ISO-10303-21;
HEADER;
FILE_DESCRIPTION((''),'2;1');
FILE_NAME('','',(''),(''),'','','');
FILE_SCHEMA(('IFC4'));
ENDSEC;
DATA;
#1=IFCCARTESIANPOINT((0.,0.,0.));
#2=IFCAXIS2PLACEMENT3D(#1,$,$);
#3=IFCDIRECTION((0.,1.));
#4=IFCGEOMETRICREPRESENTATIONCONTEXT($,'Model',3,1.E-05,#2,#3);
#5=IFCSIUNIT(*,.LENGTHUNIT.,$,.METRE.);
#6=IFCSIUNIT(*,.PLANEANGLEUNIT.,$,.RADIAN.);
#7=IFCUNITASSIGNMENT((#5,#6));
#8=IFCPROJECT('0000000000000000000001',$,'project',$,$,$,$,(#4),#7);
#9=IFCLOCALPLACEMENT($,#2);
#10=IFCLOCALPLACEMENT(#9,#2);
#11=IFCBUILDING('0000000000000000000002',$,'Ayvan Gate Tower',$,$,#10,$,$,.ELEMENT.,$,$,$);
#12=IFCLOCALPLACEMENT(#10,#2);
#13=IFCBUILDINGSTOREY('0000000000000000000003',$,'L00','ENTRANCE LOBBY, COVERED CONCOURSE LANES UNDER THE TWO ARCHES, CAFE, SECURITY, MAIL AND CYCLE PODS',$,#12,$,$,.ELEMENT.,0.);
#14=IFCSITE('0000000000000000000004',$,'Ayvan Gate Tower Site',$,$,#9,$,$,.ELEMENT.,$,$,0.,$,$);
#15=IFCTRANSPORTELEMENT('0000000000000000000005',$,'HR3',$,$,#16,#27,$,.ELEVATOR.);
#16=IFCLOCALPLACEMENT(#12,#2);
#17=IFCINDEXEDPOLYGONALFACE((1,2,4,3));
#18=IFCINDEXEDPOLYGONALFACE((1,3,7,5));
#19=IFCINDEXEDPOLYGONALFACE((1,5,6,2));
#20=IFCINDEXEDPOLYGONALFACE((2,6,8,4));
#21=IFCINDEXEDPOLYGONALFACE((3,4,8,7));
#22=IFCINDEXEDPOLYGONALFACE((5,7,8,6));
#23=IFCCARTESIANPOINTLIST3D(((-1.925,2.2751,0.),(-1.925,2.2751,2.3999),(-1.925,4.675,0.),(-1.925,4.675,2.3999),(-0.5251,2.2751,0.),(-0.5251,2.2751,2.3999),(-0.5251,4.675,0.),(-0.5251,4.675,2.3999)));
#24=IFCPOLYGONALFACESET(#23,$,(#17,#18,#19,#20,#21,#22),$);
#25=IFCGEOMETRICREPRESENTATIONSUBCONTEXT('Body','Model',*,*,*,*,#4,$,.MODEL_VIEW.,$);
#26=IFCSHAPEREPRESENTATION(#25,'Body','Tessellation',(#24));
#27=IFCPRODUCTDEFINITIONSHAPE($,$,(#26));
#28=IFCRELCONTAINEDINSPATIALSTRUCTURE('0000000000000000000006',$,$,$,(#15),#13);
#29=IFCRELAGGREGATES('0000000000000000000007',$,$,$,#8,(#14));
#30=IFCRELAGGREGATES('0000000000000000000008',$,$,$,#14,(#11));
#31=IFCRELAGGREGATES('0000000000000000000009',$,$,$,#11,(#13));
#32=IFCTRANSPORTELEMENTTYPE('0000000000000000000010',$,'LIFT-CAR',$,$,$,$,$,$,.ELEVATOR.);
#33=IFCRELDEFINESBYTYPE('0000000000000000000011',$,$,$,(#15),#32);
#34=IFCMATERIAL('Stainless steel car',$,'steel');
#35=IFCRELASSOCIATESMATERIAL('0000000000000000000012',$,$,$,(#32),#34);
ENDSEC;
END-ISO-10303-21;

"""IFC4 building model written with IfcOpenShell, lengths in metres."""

from ifc_helpers import new_model, si_unit, direction, frame, origin, origin_2d, place, context, subcontext, project, spatial, rectangle, extrude, material, type_object, element, save


model = new_model("IFC4")

# Units and contexts
model_context = context("Model", 3, precision=1e-05, world=origin(), true_north=direction((0.0, 1.0)))
body_context = subcontext(model_context, "Body", "Model", "MODEL_VIEW")
ifc_project = project(units=[si_unit("LENGTHUNIT", "METRE"), si_unit("PLANEANGLEUNIT", "RADIAN")], contexts=[model_context])

# Site, building, storey
site_placement = place(None, origin())
site = spatial("IfcSite", under=ifc_project, at=site_placement, Name="Ayvan Gate Tower Site", CompositionType="ELEMENT", RefElevation=0.0)
building_placement = place(site_placement, origin())
building = spatial("IfcBuilding", under=site, at=building_placement, Name="Ayvan Gate Tower", CompositionType="ELEMENT")
storey_placement = place(building_placement, origin())
storey = spatial("IfcBuildingStorey", under=building, at=storey_placement, Name="L00", Description="ENTRANCE LOBBY, COVERED CONCOURSE LANES UNDER THE TWO ARCHES, CAFE, SECURITY, MAIL AND CYCLE PODS", CompositionType="ELEMENT", Elevation=0.0)

# Transport element
ifc_material_1 = material(Name="Stainless steel car", Category="steel")
transport_element_type = type_object("IfcTransportElementType", Name="LIFT-CAR", PredefinedType="ELEVATOR", material=ifc_material_1)
for number, where, z_axis, x_axis, name in (
    (1, (-1.2251, 3.4751, 0.0), (0.0, 0.0, 1.0), (1.0, 0.0, 0.0), "HR3"),
):
    element("IfcTransportElement", number, at=place(storey_placement, frame(where, z_axis=z_axis, x_axis=x_axis)), inside=storey, type_object=transport_element_type, Name=name, PredefinedType="ELEVATOR", context=body_context, shape_type="SweptSolid", body=[
        extrude(rectangle(XDim=1.3999, YDim=2.3999, at=origin_2d()), origin(), (0.0, 0.0, 1.0), 2.3999),
    ])

save(model, "model.ifc")
